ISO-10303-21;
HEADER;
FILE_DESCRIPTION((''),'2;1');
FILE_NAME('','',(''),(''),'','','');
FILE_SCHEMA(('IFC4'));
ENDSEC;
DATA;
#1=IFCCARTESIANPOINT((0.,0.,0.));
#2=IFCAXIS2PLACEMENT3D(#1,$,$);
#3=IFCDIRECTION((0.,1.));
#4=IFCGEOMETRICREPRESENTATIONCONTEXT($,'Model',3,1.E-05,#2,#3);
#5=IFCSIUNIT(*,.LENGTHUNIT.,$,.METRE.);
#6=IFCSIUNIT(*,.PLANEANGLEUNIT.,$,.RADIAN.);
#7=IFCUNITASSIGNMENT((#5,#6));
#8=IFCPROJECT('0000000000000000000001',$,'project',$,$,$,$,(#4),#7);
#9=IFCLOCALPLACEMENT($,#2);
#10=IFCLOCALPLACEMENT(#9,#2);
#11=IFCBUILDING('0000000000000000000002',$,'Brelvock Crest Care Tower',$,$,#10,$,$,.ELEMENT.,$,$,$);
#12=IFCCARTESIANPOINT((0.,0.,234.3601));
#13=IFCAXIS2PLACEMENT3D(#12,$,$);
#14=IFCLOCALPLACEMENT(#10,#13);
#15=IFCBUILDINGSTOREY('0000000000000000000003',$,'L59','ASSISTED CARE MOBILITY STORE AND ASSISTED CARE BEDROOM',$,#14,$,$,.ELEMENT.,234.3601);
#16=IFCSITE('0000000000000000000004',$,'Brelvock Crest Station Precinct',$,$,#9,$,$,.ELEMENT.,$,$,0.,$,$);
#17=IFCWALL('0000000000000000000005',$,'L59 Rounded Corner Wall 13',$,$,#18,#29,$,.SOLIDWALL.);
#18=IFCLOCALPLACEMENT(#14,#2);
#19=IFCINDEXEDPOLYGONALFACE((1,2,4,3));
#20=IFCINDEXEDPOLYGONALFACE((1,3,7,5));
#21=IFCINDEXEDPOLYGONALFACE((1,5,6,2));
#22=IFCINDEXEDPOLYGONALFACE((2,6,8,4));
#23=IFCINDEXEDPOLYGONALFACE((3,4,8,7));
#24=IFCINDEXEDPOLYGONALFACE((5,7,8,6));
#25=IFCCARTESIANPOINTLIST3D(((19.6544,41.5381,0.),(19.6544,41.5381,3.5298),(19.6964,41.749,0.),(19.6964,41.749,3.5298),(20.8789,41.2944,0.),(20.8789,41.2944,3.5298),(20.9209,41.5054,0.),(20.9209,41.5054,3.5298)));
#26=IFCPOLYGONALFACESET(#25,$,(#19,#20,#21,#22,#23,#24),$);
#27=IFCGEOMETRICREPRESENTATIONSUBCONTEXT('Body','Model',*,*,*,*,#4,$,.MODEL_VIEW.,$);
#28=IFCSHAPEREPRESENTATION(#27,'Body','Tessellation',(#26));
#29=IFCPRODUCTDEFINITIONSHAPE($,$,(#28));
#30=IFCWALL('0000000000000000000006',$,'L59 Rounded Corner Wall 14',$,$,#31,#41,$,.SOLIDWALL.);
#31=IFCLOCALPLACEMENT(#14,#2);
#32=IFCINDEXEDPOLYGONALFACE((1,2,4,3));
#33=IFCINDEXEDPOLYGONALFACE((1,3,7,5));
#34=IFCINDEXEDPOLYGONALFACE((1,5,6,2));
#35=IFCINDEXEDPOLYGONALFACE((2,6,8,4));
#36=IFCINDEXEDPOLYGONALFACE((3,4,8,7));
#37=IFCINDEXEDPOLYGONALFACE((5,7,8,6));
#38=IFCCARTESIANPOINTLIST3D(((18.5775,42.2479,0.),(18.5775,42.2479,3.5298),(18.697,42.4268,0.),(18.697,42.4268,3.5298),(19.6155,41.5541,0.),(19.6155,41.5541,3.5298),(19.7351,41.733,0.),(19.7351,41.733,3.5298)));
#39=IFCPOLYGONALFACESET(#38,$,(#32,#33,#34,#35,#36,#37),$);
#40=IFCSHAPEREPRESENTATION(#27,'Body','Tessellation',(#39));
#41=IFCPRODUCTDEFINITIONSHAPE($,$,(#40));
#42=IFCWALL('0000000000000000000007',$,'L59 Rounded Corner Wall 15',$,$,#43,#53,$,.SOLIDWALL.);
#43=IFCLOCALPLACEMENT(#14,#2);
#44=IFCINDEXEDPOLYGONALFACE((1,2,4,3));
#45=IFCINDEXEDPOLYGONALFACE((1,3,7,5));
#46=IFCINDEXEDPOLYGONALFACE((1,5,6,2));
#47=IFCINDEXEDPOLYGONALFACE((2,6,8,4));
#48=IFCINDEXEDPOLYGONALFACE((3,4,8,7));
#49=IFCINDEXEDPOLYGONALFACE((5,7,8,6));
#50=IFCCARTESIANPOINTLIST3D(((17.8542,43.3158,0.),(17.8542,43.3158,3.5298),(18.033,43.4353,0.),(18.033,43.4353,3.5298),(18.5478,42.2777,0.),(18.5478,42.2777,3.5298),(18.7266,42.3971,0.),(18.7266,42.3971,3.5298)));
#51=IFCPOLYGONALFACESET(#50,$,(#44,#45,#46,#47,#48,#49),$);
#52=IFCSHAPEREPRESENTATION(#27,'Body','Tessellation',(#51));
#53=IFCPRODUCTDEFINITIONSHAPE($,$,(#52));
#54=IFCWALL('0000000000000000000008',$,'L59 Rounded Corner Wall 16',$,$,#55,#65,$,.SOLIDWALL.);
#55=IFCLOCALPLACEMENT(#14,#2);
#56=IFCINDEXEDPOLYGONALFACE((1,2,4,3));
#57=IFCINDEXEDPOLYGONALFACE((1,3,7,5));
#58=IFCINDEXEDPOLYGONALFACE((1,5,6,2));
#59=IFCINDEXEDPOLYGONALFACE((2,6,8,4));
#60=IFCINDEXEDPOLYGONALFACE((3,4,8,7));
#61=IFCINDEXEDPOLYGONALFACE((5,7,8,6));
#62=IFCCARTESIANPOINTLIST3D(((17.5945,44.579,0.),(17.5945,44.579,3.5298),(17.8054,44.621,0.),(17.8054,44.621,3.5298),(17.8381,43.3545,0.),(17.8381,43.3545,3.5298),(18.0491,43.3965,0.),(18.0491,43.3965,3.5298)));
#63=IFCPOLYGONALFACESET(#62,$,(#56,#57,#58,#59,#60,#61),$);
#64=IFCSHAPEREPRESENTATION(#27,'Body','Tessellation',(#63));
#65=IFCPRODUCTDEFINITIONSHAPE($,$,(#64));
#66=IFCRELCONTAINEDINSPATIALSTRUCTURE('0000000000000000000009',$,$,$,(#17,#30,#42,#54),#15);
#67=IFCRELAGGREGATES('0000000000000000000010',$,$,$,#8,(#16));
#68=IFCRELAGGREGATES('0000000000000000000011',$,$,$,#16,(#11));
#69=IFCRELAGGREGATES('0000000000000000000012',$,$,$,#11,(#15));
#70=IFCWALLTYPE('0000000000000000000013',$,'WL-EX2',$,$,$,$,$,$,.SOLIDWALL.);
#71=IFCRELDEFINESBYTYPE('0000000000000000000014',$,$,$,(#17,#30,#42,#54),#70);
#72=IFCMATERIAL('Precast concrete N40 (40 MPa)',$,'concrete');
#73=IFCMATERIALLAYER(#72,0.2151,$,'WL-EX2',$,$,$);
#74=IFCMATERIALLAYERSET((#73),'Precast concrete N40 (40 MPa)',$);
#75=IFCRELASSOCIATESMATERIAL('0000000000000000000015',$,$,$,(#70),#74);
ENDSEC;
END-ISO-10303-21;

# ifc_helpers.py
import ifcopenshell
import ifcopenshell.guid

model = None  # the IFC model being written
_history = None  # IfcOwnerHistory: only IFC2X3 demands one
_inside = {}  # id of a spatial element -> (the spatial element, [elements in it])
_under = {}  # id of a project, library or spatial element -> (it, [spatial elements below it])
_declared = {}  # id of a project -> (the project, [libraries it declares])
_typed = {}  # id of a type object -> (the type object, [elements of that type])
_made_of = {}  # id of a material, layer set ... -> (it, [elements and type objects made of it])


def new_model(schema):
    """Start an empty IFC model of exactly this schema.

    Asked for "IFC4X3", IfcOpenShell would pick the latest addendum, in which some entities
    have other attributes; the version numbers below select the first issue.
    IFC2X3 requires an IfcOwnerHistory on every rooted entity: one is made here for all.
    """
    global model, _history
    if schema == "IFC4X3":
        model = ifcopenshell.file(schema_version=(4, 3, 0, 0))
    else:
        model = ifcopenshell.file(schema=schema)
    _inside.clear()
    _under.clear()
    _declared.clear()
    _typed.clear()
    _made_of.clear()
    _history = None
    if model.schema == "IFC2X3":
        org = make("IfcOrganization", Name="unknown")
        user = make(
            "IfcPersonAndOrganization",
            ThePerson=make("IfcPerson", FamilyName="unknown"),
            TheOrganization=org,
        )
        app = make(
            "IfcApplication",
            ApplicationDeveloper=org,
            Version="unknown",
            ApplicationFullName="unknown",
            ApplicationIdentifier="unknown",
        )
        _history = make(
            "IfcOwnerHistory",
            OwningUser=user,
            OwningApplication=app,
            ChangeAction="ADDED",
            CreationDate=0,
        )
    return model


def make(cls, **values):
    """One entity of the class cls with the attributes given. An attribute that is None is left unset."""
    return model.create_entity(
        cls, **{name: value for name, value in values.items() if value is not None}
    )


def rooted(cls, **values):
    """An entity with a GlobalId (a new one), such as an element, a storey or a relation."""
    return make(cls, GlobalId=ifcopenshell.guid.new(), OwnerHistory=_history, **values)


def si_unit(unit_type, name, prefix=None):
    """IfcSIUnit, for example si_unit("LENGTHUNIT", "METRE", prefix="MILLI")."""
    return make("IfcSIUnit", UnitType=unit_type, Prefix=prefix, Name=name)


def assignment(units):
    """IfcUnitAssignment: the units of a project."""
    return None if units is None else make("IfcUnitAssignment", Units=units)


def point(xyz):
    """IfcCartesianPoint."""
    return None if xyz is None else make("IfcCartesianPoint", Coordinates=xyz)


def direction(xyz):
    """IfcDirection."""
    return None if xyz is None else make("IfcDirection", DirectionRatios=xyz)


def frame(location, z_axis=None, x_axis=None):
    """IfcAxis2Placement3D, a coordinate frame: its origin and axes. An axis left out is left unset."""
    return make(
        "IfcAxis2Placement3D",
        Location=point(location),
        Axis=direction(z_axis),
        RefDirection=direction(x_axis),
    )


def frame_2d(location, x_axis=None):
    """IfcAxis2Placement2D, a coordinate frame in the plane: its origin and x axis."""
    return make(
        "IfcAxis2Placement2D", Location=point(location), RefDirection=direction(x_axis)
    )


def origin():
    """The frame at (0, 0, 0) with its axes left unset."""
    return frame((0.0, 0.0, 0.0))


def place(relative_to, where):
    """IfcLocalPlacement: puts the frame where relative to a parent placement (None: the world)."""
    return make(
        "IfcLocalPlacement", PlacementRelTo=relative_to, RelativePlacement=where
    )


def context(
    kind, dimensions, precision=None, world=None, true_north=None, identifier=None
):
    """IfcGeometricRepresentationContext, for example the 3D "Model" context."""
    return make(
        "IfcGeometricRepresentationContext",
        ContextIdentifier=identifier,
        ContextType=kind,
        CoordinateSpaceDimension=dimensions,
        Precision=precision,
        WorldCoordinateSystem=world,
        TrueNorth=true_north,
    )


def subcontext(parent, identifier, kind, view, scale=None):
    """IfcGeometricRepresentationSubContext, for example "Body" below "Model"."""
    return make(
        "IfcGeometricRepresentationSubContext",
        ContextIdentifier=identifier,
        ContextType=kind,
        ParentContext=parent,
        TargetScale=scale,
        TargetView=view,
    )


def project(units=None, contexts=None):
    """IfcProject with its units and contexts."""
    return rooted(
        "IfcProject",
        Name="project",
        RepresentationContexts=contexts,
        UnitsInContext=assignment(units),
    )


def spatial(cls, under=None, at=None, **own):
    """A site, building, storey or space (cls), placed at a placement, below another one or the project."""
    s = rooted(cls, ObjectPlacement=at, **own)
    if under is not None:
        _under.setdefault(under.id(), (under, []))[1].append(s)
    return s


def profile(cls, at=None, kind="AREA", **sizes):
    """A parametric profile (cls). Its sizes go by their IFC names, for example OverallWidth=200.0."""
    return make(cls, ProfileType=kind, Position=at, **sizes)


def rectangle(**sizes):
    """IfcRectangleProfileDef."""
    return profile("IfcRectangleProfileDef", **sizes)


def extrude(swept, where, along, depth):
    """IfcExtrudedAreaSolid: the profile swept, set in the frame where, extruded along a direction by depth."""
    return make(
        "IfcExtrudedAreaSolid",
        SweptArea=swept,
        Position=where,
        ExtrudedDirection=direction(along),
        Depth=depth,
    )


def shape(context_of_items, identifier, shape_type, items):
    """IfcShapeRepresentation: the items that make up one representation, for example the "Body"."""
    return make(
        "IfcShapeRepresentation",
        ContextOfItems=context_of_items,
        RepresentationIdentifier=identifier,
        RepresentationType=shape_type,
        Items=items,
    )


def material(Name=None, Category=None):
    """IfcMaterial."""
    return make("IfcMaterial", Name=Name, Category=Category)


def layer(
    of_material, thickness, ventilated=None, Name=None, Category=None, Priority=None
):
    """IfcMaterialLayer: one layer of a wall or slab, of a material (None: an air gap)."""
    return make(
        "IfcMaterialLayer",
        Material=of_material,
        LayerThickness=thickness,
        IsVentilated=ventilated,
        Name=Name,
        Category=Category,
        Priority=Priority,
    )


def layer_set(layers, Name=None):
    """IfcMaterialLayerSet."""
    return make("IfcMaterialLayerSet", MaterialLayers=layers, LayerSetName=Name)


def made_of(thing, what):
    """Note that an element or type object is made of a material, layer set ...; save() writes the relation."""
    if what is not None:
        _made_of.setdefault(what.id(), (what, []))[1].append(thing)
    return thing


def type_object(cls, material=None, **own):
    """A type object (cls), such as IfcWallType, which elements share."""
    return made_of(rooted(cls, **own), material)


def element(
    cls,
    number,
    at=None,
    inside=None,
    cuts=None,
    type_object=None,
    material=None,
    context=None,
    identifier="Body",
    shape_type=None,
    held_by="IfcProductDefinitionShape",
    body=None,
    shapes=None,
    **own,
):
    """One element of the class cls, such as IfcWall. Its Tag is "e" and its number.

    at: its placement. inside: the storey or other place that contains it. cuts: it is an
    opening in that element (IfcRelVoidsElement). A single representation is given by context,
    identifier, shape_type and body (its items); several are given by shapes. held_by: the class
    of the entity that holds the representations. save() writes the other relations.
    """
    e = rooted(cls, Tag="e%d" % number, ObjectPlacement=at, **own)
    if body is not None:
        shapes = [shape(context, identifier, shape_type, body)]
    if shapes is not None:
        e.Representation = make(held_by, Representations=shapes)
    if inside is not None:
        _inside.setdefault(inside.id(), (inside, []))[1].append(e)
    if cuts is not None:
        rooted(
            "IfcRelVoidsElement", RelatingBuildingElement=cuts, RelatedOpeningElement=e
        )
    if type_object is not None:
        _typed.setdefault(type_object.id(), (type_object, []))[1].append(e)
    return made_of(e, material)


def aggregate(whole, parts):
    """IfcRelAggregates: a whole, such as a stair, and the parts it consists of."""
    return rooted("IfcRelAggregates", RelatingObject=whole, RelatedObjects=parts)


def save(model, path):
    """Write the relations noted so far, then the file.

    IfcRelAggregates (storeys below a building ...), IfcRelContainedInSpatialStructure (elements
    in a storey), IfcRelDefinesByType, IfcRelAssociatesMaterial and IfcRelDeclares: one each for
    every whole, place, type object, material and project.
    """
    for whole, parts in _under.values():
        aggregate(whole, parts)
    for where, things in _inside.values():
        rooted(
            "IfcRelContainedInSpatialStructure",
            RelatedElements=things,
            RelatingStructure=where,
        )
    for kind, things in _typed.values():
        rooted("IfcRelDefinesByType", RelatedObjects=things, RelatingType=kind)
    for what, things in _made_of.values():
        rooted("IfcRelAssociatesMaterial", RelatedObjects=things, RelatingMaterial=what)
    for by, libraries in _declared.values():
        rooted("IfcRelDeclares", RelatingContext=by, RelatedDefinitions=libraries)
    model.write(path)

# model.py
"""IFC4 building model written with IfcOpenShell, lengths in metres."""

from ifc_helpers import new_model, si_unit, direction, frame, frame_2d, origin, place, context, subcontext, project, spatial, rectangle, extrude, material, layer, layer_set, type_object, element, save


model = new_model("IFC4")

# Units and contexts
model_context = context("Model", 3, precision=1e-05, world=origin(), true_north=direction((0.0, 1.0)))
body_context = subcontext(model_context, "Body", "Model", "MODEL_VIEW")
ifc_project = project(units=[si_unit("LENGTHUNIT", "METRE"), si_unit("PLANEANGLEUNIT", "RADIAN")], contexts=[model_context])

# Site, building, storey
site_placement = place(None, origin())
site = spatial("IfcSite", under=ifc_project, at=site_placement, Name="Brelvock Crest Station Precinct", CompositionType="ELEMENT", RefElevation=0.0)
building_placement = place(site_placement, origin())
building = spatial("IfcBuilding", under=site, at=building_placement, Name="Brelvock Crest Care Tower", CompositionType="ELEMENT")
storey_placement = place(building_placement, frame((0.0, 0.0, 234.3601)))
storey = spatial("IfcBuildingStorey", under=building, at=storey_placement, Name="L59", Description="ASSISTED CARE MOBILITY STORE AND ASSISTED CARE BEDROOM", CompositionType="ELEMENT", Elevation=234.3601)

# Walls
ifc_material_1 = material(Name="Precast concrete N40 (40 MPa)", Category="concrete")
ifc_layer_1 = layer(ifc_material_1, 0.2151, Name="WL-EX2")
ifc_layer_set_1 = layer_set([ifc_layer_1], Name="Precast concrete N40 (40 MPa)")
wall_type = type_object("IfcWallType", Name="WL-EX2", PredefinedType="SOLIDWALL", material=ifc_layer_set_1)
for number, where, z_axis, x_axis, name in (
    (1, (20.8999, 41.3999, 0.0), (0.0, 0.0, 1.0), (-0.980776, 0.195138, 0.0), "L59 Rounded Corner Wall 13"),
    (2, (19.6753, 41.6436, 0.0), (0.0, 0.0, 1.0), (-0.831388, 0.555692, 0.0), "L59 Rounded Corner Wall 14"),
    (3, (18.6372, 42.3374, 0.0), (0.0, 0.0, 1.0), (-0.555557, 0.831478, 0.0), "L59 Rounded Corner Wall 15"),
    (4, (17.9436, 43.3755, 0.0), (0.0, 0.0, 1.0), (-0.195138, 0.980776, 0.0), "L59 Rounded Corner Wall 16"),
):
    element("IfcWall", number, at=place(storey_placement, frame(where, z_axis=z_axis, x_axis=x_axis)), inside=storey, type_object=wall_type, Name=name, PredefinedType="SOLIDWALL", context=body_context, shape_type="SweptSolid", body=[
        extrude(rectangle(XDim=1.2485, YDim=0.2151, at=frame_2d((0.6243, 0.0))), origin(), (0.0, 0.0, 1.0), 3.5298),
    ])

save(model, "model.ifc")
